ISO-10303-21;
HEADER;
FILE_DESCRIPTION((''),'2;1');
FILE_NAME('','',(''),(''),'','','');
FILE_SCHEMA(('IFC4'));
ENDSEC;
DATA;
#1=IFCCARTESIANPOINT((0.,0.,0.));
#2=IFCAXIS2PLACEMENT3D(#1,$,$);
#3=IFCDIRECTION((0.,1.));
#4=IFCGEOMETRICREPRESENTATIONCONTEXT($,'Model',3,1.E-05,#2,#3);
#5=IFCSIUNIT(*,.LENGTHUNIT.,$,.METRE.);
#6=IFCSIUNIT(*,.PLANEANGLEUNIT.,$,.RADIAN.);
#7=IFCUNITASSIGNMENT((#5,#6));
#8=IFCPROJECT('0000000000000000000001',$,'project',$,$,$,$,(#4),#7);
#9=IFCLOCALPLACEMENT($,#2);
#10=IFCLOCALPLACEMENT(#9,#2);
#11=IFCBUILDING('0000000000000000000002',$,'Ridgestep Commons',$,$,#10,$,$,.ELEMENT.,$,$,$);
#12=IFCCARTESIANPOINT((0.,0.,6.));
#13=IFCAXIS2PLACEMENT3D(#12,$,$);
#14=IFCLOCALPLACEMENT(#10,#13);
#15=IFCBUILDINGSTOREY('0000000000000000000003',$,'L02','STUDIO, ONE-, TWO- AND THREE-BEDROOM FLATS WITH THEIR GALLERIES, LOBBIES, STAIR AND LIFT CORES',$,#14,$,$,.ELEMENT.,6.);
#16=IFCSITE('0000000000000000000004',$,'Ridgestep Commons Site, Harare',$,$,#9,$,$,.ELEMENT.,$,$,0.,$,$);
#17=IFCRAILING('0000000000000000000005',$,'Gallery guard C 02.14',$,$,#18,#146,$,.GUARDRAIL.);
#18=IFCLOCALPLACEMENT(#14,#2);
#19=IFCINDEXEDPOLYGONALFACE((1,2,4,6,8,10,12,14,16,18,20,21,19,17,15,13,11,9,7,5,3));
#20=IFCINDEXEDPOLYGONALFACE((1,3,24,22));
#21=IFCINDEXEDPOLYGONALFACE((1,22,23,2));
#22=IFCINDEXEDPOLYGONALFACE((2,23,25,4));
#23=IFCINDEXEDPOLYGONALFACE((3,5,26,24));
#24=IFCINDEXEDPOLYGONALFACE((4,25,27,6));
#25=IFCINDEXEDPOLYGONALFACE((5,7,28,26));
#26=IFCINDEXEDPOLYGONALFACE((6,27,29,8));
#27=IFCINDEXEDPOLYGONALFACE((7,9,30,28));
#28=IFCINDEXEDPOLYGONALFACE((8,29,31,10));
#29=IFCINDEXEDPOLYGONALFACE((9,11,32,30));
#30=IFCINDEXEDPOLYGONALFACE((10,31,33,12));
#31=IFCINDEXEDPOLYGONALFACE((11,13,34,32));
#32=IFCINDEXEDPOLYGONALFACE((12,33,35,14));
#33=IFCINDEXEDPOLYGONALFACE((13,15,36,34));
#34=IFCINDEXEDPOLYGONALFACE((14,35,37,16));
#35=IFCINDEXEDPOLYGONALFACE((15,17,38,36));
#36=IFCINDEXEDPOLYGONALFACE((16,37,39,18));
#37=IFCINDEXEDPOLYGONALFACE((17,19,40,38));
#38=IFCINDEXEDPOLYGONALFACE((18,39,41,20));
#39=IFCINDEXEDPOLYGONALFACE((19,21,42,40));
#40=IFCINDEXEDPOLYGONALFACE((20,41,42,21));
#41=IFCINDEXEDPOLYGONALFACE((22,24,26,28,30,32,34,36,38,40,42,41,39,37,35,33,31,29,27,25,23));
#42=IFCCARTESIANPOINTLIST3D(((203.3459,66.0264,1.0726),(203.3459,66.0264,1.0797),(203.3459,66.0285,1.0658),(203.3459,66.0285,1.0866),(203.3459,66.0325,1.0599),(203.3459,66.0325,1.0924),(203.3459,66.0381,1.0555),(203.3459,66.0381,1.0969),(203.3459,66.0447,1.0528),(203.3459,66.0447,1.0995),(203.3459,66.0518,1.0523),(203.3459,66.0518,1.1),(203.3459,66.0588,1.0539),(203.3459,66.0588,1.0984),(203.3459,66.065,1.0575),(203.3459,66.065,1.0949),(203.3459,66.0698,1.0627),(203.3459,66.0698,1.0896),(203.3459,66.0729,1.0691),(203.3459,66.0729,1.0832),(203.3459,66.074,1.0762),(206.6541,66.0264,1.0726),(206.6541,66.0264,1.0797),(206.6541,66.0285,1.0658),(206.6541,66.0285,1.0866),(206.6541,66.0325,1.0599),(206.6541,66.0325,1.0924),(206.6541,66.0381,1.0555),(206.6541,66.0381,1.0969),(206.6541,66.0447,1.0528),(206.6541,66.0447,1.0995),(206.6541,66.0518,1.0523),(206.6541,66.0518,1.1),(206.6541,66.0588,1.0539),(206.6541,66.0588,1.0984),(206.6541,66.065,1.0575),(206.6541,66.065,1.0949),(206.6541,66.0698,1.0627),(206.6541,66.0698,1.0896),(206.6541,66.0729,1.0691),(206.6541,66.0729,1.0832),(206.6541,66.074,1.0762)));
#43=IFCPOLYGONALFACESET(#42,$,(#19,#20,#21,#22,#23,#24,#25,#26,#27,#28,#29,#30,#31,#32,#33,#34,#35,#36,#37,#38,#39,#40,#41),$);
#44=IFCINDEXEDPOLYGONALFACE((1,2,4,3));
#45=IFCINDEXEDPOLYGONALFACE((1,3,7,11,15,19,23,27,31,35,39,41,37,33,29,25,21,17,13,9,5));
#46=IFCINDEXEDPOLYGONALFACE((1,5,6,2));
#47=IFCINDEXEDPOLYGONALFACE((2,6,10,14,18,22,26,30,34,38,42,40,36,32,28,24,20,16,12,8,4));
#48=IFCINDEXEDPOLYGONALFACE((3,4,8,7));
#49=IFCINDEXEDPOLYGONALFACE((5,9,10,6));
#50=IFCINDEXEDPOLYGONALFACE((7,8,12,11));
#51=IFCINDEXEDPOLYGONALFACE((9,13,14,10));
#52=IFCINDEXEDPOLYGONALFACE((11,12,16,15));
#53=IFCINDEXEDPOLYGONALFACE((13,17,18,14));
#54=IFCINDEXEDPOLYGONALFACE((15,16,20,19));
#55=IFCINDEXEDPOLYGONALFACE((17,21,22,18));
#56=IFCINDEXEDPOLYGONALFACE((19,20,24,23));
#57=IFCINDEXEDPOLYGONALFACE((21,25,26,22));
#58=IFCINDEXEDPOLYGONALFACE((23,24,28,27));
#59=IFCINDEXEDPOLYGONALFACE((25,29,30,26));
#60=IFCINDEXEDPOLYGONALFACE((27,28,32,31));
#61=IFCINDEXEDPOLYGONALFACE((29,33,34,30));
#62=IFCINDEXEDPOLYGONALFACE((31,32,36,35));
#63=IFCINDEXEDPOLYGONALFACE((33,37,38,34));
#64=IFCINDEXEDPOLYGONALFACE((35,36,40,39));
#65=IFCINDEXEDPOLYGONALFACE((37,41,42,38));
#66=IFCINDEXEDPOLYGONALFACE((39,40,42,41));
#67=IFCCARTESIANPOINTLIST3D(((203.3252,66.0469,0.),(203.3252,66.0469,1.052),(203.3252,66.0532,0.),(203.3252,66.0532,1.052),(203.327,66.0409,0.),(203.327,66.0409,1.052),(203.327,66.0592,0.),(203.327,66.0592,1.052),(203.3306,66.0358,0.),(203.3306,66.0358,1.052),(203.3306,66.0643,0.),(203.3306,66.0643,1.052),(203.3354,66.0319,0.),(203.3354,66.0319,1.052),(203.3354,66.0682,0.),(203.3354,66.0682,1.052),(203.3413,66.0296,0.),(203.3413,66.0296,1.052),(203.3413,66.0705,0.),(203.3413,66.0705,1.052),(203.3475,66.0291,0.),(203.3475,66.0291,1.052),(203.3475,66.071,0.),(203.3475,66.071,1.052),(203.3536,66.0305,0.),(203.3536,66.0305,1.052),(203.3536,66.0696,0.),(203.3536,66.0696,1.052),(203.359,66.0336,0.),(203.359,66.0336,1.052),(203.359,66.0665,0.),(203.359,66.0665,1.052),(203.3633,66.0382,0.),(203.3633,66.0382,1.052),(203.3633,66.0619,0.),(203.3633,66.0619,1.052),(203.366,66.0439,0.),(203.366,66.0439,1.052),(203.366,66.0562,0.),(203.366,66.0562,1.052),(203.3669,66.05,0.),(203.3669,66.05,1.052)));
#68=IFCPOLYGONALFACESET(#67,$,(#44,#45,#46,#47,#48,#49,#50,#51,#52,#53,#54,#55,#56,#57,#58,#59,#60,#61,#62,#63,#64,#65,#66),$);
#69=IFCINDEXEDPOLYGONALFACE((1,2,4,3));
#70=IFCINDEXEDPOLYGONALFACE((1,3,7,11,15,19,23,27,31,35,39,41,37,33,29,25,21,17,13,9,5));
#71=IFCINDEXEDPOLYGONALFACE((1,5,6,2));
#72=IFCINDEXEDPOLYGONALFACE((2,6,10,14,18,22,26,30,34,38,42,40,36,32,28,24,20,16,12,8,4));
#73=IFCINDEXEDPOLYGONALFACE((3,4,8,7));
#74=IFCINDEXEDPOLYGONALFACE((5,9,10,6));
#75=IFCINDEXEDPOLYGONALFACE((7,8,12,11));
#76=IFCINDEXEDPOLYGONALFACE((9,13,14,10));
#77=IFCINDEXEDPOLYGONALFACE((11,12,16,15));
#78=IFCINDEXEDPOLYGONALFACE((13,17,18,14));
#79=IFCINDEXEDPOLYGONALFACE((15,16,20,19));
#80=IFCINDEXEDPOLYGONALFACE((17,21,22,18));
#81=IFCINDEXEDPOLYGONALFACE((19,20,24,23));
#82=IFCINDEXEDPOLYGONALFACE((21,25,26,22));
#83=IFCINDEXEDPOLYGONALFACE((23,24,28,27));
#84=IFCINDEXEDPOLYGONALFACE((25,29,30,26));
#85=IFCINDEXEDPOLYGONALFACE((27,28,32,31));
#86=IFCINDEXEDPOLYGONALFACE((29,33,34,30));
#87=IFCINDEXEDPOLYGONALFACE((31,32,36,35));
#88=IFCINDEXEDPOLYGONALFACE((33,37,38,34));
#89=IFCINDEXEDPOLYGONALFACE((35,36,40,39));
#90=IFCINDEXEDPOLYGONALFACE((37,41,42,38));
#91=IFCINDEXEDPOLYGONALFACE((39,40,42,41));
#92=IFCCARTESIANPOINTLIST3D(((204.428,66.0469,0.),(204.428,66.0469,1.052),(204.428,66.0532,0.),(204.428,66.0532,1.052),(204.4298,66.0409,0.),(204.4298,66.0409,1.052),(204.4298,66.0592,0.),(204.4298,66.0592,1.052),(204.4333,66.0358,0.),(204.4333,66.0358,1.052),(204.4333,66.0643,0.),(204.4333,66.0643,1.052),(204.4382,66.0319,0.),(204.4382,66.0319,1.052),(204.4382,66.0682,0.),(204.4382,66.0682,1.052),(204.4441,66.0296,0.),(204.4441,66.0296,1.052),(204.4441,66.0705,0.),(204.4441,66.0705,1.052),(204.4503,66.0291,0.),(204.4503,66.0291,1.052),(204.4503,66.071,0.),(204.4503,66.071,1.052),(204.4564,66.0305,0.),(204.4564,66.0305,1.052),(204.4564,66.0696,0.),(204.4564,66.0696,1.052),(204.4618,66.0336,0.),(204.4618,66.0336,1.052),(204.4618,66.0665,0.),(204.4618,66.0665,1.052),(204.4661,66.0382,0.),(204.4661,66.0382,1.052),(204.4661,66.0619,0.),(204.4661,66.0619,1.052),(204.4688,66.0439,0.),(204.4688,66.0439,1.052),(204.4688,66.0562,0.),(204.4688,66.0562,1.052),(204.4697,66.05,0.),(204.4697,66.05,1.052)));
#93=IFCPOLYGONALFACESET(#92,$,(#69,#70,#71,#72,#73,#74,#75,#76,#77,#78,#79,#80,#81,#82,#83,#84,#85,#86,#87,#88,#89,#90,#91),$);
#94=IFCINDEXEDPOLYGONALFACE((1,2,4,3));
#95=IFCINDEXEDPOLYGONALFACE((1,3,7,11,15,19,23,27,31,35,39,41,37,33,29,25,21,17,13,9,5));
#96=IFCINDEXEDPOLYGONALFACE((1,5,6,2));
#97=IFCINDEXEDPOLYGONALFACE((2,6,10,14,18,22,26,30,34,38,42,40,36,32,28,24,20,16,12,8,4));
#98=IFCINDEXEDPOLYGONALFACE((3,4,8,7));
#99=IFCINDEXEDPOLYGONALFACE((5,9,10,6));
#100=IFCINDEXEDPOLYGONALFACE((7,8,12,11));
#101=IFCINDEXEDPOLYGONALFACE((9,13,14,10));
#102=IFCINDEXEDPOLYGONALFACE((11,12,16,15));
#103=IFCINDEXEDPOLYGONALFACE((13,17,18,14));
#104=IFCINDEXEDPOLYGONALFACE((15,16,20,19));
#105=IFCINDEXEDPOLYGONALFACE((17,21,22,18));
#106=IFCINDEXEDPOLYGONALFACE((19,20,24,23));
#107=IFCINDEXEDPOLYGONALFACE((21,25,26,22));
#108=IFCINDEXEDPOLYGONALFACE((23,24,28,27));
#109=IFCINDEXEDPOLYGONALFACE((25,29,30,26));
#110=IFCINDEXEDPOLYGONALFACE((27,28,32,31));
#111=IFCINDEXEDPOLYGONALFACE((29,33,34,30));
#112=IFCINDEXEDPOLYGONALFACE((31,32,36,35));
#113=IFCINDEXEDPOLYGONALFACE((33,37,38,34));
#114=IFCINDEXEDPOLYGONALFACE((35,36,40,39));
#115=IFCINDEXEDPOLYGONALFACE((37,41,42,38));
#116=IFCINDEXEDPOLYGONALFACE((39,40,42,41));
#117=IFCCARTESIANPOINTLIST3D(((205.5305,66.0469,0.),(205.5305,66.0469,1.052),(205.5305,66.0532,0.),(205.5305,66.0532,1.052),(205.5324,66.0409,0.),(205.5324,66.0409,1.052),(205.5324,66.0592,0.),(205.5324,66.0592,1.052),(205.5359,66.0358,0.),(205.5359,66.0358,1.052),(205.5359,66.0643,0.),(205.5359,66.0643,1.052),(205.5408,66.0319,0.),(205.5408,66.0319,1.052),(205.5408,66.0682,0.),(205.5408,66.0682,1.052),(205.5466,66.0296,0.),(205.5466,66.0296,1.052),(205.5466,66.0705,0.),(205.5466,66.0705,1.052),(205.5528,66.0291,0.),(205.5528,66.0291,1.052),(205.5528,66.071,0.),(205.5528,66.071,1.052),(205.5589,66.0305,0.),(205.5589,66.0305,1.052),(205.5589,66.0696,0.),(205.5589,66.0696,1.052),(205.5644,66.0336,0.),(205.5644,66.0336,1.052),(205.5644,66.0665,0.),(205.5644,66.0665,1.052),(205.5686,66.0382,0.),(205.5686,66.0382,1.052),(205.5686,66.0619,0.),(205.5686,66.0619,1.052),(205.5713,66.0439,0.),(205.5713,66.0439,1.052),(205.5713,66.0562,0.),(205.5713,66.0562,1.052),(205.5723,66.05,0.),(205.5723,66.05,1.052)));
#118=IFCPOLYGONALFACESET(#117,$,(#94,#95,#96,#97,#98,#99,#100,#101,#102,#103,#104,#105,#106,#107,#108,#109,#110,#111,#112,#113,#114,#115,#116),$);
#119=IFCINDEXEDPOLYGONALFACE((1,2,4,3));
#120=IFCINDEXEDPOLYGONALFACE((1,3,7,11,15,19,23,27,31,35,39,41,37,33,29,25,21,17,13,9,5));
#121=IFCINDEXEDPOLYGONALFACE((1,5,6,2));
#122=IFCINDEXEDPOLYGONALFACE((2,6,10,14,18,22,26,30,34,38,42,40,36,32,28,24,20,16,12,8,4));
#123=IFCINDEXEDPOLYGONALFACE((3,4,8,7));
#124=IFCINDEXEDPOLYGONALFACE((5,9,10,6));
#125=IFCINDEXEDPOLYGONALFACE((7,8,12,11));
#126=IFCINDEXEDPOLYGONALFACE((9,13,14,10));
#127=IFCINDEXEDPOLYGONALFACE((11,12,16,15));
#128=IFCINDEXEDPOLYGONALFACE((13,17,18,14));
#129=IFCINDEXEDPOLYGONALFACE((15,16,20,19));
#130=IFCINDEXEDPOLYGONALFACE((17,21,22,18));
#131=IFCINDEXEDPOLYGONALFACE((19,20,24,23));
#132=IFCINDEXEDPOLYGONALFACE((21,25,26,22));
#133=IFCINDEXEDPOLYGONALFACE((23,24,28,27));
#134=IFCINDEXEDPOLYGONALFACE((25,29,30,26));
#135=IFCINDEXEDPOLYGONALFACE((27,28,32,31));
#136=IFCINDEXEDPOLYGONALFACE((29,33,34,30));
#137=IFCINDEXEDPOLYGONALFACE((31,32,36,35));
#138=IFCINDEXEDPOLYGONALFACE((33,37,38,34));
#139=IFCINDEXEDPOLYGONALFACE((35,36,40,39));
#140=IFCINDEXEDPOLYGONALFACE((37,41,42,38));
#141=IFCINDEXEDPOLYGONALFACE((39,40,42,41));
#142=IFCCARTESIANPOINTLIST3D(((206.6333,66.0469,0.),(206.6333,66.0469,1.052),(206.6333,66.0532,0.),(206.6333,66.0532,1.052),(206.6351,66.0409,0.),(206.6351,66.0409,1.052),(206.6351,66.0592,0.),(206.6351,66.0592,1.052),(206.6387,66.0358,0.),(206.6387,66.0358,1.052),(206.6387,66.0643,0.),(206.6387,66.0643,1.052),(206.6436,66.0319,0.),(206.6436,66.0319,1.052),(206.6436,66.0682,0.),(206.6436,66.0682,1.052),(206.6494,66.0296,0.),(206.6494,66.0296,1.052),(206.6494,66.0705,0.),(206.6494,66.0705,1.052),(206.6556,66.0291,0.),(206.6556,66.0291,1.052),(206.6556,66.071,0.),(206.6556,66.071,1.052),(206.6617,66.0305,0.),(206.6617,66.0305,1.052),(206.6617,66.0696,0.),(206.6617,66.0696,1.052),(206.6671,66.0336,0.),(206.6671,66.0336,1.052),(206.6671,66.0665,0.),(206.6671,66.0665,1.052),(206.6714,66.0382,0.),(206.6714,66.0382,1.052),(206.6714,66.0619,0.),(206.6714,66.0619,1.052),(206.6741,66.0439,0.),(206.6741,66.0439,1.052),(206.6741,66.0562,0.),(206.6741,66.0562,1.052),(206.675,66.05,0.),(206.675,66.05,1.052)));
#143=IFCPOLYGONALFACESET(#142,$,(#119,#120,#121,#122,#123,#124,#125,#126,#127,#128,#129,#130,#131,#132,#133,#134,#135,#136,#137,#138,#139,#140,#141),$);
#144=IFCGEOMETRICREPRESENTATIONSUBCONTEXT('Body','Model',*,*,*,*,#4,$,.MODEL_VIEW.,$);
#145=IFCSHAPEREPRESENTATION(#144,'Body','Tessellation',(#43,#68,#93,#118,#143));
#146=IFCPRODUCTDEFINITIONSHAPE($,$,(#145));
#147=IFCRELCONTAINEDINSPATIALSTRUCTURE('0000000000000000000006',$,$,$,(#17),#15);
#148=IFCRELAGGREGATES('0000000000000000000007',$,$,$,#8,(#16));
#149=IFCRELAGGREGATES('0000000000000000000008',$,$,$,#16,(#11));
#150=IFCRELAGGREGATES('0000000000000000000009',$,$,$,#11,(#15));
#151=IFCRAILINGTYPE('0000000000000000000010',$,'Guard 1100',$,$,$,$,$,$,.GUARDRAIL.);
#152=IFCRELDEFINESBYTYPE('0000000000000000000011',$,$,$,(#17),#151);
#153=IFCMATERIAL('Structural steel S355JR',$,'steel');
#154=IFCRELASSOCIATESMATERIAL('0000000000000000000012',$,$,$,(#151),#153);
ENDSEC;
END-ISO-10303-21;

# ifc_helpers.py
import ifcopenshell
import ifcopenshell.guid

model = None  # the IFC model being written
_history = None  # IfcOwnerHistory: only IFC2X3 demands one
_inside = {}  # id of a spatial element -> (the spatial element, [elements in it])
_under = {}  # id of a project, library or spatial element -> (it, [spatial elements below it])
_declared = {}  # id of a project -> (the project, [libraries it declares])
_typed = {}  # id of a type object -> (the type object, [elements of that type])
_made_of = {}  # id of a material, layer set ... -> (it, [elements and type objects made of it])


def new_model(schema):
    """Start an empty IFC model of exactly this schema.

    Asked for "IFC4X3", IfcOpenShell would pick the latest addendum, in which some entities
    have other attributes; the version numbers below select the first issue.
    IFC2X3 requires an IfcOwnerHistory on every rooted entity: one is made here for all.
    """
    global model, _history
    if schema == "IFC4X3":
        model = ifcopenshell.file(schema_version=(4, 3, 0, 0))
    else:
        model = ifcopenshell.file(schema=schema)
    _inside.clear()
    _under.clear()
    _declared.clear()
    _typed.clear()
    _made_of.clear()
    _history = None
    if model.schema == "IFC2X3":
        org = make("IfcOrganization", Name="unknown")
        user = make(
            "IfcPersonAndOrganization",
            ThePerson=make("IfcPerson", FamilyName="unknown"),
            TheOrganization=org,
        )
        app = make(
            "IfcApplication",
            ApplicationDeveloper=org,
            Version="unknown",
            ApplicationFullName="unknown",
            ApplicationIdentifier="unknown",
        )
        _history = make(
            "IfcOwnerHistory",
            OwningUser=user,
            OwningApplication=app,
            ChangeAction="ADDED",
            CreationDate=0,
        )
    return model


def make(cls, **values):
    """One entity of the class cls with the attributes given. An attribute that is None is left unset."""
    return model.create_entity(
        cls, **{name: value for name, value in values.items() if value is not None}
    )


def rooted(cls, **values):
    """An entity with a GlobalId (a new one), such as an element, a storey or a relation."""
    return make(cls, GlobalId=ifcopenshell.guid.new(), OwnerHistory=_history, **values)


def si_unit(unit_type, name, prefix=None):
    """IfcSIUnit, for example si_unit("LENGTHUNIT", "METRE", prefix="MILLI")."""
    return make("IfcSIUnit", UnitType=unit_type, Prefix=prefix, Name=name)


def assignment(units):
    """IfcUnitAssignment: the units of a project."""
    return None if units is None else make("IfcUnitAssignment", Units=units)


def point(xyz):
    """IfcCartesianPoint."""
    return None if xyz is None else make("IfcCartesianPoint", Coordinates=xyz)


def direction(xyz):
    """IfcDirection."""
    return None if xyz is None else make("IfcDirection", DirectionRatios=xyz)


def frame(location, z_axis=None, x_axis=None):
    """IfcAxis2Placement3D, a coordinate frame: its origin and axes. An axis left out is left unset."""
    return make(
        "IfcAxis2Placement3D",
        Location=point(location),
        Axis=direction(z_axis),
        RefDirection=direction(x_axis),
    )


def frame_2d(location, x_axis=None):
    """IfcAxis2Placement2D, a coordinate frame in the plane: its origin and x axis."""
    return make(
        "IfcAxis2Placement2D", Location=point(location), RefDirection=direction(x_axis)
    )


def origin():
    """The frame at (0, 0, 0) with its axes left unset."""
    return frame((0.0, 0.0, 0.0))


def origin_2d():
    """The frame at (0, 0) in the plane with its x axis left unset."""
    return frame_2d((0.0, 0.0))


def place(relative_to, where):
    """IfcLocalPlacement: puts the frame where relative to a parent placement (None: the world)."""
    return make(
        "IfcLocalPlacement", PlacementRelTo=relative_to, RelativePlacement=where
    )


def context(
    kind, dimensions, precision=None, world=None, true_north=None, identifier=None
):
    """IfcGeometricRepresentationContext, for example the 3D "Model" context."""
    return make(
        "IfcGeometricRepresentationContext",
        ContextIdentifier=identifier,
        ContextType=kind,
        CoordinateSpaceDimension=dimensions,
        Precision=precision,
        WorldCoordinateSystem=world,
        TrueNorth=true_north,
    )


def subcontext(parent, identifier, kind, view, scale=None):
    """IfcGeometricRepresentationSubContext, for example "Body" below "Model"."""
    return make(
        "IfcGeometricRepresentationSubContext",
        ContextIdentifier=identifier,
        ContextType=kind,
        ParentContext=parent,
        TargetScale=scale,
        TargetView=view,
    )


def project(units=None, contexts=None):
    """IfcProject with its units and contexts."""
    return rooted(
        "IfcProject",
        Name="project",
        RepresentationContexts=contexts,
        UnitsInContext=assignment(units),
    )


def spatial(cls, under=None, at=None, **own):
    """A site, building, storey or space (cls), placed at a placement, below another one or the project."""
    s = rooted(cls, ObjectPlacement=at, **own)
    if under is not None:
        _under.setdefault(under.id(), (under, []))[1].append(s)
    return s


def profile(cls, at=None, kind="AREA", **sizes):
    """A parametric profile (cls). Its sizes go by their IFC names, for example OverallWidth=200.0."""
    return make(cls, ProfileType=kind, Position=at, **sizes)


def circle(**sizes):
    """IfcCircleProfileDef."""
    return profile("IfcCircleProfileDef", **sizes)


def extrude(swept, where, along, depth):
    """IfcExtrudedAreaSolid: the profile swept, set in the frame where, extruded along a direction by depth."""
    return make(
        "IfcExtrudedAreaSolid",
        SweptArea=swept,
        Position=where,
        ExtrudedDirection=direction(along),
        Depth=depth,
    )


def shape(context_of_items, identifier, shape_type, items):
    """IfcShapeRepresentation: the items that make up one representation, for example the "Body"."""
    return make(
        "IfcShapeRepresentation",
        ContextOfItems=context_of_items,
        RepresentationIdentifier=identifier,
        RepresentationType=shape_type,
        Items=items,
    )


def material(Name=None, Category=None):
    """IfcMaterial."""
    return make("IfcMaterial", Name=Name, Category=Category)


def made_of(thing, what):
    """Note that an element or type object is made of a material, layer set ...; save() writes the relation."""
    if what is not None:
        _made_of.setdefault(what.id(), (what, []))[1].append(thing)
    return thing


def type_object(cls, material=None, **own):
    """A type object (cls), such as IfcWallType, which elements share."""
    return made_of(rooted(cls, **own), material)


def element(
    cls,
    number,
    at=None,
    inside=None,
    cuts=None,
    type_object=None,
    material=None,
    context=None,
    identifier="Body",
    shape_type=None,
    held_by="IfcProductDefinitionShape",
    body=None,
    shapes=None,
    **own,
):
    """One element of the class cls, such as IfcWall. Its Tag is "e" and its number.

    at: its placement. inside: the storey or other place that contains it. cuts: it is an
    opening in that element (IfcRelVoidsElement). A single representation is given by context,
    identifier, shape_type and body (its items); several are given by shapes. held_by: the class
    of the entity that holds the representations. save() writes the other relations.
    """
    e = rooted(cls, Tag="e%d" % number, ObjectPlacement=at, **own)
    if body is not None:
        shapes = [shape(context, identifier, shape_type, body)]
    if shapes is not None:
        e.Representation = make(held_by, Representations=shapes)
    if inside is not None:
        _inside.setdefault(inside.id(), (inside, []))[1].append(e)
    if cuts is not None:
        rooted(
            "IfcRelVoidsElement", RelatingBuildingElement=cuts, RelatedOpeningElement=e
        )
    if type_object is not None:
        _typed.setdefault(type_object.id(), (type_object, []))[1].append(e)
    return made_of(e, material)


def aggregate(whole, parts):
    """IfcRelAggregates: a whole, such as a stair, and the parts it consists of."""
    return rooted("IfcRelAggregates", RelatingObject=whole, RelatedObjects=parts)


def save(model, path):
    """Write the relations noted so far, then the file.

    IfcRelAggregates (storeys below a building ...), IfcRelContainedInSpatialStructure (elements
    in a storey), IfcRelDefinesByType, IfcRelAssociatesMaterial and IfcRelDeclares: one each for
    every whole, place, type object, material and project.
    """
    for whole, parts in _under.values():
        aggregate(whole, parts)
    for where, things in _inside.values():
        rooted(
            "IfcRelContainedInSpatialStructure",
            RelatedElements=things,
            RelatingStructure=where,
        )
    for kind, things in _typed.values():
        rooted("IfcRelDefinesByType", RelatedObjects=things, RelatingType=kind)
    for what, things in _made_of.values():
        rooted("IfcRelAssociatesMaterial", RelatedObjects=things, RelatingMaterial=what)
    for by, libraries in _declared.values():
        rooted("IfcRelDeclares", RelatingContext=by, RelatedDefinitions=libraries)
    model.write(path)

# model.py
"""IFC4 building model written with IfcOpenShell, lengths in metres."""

from ifc_helpers import new_model, si_unit, direction, frame, origin, origin_2d, place, context, subcontext, project, spatial, circle, extrude, material, type_object, element, save


model = new_model("IFC4")

# Units and contexts
model_context = context("Model", 3, precision=1e-05, world=origin(), true_north=direction((0.0, 1.0)))
body_context = subcontext(model_context, "Body", "Model", "MODEL_VIEW")
ifc_project = project(units=[si_unit("LENGTHUNIT", "METRE"), si_unit("PLANEANGLEUNIT", "RADIAN")], contexts=[model_context])

# Site, building, storey
site_placement = place(None, origin())
site = spatial("IfcSite", under=ifc_project, at=site_placement, Name="Ridgestep Commons Site, Harare", CompositionType="ELEMENT", RefElevation=0.0)
building_placement = place(site_placement, origin())
building = spatial("IfcBuilding", under=site, at=building_placement, Name="Ridgestep Commons", CompositionType="ELEMENT")
storey_placement = place(building_placement, frame((0.0, 0.0, 6.0)))
storey = spatial("IfcBuildingStorey", under=building, at=storey_placement, Name="L02", Description="STUDIO, ONE-, TWO- AND THREE-BEDROOM FLATS WITH THEIR GALLERIES, LOBBIES, STAIR AND LIFT CORES", CompositionType="ELEMENT", Elevation=6.0)

# Railing
ifc_material_1 = material(Name="Structural steel S355JR", Category="steel")
railing_type = type_object("IfcRailingType", Name="Guard 1100", PredefinedType="GUARDRAIL", material=ifc_material_1)
railing_1_placement = place(storey_placement, frame((203.3459, 66.05, 0.0)))
element("IfcRailing", 1, at=railing_1_placement, inside=storey, type_object=railing_type, Name="Gallery guard C 02.14", PredefinedType="GUARDRAIL", context=body_context, shape_type="SweptSolid", body=[
    extrude(circle(Radius=0.0239, at=origin_2d()), frame((0.0, 0.0, 1.0762), z_axis=(1.0, 0.0, 0.0), x_axis=(0.0, 1.0, 0.0)), (0.0, 0.0, 1.0), 3.3081),
    extrude(circle(Radius=0.021, at=origin_2d()), origin(), (0.0, 0.0, 1.0), 1.052),
    extrude(circle(Radius=0.021, at=origin_2d()), frame((1.1028, 0.0, 0.0)), (0.0, 0.0, 1.0), 1.052),
    extrude(circle(Radius=0.021, at=origin_2d()), frame((2.2053, 0.0, 0.0)), (0.0, 0.0, 1.0), 1.052),
    extrude(circle(Radius=0.021, at=origin_2d()), frame((3.3081, 0.0, 0.0)), (0.0, 0.0, 1.0), 1.052),
])

save(model, "model.ifc")
